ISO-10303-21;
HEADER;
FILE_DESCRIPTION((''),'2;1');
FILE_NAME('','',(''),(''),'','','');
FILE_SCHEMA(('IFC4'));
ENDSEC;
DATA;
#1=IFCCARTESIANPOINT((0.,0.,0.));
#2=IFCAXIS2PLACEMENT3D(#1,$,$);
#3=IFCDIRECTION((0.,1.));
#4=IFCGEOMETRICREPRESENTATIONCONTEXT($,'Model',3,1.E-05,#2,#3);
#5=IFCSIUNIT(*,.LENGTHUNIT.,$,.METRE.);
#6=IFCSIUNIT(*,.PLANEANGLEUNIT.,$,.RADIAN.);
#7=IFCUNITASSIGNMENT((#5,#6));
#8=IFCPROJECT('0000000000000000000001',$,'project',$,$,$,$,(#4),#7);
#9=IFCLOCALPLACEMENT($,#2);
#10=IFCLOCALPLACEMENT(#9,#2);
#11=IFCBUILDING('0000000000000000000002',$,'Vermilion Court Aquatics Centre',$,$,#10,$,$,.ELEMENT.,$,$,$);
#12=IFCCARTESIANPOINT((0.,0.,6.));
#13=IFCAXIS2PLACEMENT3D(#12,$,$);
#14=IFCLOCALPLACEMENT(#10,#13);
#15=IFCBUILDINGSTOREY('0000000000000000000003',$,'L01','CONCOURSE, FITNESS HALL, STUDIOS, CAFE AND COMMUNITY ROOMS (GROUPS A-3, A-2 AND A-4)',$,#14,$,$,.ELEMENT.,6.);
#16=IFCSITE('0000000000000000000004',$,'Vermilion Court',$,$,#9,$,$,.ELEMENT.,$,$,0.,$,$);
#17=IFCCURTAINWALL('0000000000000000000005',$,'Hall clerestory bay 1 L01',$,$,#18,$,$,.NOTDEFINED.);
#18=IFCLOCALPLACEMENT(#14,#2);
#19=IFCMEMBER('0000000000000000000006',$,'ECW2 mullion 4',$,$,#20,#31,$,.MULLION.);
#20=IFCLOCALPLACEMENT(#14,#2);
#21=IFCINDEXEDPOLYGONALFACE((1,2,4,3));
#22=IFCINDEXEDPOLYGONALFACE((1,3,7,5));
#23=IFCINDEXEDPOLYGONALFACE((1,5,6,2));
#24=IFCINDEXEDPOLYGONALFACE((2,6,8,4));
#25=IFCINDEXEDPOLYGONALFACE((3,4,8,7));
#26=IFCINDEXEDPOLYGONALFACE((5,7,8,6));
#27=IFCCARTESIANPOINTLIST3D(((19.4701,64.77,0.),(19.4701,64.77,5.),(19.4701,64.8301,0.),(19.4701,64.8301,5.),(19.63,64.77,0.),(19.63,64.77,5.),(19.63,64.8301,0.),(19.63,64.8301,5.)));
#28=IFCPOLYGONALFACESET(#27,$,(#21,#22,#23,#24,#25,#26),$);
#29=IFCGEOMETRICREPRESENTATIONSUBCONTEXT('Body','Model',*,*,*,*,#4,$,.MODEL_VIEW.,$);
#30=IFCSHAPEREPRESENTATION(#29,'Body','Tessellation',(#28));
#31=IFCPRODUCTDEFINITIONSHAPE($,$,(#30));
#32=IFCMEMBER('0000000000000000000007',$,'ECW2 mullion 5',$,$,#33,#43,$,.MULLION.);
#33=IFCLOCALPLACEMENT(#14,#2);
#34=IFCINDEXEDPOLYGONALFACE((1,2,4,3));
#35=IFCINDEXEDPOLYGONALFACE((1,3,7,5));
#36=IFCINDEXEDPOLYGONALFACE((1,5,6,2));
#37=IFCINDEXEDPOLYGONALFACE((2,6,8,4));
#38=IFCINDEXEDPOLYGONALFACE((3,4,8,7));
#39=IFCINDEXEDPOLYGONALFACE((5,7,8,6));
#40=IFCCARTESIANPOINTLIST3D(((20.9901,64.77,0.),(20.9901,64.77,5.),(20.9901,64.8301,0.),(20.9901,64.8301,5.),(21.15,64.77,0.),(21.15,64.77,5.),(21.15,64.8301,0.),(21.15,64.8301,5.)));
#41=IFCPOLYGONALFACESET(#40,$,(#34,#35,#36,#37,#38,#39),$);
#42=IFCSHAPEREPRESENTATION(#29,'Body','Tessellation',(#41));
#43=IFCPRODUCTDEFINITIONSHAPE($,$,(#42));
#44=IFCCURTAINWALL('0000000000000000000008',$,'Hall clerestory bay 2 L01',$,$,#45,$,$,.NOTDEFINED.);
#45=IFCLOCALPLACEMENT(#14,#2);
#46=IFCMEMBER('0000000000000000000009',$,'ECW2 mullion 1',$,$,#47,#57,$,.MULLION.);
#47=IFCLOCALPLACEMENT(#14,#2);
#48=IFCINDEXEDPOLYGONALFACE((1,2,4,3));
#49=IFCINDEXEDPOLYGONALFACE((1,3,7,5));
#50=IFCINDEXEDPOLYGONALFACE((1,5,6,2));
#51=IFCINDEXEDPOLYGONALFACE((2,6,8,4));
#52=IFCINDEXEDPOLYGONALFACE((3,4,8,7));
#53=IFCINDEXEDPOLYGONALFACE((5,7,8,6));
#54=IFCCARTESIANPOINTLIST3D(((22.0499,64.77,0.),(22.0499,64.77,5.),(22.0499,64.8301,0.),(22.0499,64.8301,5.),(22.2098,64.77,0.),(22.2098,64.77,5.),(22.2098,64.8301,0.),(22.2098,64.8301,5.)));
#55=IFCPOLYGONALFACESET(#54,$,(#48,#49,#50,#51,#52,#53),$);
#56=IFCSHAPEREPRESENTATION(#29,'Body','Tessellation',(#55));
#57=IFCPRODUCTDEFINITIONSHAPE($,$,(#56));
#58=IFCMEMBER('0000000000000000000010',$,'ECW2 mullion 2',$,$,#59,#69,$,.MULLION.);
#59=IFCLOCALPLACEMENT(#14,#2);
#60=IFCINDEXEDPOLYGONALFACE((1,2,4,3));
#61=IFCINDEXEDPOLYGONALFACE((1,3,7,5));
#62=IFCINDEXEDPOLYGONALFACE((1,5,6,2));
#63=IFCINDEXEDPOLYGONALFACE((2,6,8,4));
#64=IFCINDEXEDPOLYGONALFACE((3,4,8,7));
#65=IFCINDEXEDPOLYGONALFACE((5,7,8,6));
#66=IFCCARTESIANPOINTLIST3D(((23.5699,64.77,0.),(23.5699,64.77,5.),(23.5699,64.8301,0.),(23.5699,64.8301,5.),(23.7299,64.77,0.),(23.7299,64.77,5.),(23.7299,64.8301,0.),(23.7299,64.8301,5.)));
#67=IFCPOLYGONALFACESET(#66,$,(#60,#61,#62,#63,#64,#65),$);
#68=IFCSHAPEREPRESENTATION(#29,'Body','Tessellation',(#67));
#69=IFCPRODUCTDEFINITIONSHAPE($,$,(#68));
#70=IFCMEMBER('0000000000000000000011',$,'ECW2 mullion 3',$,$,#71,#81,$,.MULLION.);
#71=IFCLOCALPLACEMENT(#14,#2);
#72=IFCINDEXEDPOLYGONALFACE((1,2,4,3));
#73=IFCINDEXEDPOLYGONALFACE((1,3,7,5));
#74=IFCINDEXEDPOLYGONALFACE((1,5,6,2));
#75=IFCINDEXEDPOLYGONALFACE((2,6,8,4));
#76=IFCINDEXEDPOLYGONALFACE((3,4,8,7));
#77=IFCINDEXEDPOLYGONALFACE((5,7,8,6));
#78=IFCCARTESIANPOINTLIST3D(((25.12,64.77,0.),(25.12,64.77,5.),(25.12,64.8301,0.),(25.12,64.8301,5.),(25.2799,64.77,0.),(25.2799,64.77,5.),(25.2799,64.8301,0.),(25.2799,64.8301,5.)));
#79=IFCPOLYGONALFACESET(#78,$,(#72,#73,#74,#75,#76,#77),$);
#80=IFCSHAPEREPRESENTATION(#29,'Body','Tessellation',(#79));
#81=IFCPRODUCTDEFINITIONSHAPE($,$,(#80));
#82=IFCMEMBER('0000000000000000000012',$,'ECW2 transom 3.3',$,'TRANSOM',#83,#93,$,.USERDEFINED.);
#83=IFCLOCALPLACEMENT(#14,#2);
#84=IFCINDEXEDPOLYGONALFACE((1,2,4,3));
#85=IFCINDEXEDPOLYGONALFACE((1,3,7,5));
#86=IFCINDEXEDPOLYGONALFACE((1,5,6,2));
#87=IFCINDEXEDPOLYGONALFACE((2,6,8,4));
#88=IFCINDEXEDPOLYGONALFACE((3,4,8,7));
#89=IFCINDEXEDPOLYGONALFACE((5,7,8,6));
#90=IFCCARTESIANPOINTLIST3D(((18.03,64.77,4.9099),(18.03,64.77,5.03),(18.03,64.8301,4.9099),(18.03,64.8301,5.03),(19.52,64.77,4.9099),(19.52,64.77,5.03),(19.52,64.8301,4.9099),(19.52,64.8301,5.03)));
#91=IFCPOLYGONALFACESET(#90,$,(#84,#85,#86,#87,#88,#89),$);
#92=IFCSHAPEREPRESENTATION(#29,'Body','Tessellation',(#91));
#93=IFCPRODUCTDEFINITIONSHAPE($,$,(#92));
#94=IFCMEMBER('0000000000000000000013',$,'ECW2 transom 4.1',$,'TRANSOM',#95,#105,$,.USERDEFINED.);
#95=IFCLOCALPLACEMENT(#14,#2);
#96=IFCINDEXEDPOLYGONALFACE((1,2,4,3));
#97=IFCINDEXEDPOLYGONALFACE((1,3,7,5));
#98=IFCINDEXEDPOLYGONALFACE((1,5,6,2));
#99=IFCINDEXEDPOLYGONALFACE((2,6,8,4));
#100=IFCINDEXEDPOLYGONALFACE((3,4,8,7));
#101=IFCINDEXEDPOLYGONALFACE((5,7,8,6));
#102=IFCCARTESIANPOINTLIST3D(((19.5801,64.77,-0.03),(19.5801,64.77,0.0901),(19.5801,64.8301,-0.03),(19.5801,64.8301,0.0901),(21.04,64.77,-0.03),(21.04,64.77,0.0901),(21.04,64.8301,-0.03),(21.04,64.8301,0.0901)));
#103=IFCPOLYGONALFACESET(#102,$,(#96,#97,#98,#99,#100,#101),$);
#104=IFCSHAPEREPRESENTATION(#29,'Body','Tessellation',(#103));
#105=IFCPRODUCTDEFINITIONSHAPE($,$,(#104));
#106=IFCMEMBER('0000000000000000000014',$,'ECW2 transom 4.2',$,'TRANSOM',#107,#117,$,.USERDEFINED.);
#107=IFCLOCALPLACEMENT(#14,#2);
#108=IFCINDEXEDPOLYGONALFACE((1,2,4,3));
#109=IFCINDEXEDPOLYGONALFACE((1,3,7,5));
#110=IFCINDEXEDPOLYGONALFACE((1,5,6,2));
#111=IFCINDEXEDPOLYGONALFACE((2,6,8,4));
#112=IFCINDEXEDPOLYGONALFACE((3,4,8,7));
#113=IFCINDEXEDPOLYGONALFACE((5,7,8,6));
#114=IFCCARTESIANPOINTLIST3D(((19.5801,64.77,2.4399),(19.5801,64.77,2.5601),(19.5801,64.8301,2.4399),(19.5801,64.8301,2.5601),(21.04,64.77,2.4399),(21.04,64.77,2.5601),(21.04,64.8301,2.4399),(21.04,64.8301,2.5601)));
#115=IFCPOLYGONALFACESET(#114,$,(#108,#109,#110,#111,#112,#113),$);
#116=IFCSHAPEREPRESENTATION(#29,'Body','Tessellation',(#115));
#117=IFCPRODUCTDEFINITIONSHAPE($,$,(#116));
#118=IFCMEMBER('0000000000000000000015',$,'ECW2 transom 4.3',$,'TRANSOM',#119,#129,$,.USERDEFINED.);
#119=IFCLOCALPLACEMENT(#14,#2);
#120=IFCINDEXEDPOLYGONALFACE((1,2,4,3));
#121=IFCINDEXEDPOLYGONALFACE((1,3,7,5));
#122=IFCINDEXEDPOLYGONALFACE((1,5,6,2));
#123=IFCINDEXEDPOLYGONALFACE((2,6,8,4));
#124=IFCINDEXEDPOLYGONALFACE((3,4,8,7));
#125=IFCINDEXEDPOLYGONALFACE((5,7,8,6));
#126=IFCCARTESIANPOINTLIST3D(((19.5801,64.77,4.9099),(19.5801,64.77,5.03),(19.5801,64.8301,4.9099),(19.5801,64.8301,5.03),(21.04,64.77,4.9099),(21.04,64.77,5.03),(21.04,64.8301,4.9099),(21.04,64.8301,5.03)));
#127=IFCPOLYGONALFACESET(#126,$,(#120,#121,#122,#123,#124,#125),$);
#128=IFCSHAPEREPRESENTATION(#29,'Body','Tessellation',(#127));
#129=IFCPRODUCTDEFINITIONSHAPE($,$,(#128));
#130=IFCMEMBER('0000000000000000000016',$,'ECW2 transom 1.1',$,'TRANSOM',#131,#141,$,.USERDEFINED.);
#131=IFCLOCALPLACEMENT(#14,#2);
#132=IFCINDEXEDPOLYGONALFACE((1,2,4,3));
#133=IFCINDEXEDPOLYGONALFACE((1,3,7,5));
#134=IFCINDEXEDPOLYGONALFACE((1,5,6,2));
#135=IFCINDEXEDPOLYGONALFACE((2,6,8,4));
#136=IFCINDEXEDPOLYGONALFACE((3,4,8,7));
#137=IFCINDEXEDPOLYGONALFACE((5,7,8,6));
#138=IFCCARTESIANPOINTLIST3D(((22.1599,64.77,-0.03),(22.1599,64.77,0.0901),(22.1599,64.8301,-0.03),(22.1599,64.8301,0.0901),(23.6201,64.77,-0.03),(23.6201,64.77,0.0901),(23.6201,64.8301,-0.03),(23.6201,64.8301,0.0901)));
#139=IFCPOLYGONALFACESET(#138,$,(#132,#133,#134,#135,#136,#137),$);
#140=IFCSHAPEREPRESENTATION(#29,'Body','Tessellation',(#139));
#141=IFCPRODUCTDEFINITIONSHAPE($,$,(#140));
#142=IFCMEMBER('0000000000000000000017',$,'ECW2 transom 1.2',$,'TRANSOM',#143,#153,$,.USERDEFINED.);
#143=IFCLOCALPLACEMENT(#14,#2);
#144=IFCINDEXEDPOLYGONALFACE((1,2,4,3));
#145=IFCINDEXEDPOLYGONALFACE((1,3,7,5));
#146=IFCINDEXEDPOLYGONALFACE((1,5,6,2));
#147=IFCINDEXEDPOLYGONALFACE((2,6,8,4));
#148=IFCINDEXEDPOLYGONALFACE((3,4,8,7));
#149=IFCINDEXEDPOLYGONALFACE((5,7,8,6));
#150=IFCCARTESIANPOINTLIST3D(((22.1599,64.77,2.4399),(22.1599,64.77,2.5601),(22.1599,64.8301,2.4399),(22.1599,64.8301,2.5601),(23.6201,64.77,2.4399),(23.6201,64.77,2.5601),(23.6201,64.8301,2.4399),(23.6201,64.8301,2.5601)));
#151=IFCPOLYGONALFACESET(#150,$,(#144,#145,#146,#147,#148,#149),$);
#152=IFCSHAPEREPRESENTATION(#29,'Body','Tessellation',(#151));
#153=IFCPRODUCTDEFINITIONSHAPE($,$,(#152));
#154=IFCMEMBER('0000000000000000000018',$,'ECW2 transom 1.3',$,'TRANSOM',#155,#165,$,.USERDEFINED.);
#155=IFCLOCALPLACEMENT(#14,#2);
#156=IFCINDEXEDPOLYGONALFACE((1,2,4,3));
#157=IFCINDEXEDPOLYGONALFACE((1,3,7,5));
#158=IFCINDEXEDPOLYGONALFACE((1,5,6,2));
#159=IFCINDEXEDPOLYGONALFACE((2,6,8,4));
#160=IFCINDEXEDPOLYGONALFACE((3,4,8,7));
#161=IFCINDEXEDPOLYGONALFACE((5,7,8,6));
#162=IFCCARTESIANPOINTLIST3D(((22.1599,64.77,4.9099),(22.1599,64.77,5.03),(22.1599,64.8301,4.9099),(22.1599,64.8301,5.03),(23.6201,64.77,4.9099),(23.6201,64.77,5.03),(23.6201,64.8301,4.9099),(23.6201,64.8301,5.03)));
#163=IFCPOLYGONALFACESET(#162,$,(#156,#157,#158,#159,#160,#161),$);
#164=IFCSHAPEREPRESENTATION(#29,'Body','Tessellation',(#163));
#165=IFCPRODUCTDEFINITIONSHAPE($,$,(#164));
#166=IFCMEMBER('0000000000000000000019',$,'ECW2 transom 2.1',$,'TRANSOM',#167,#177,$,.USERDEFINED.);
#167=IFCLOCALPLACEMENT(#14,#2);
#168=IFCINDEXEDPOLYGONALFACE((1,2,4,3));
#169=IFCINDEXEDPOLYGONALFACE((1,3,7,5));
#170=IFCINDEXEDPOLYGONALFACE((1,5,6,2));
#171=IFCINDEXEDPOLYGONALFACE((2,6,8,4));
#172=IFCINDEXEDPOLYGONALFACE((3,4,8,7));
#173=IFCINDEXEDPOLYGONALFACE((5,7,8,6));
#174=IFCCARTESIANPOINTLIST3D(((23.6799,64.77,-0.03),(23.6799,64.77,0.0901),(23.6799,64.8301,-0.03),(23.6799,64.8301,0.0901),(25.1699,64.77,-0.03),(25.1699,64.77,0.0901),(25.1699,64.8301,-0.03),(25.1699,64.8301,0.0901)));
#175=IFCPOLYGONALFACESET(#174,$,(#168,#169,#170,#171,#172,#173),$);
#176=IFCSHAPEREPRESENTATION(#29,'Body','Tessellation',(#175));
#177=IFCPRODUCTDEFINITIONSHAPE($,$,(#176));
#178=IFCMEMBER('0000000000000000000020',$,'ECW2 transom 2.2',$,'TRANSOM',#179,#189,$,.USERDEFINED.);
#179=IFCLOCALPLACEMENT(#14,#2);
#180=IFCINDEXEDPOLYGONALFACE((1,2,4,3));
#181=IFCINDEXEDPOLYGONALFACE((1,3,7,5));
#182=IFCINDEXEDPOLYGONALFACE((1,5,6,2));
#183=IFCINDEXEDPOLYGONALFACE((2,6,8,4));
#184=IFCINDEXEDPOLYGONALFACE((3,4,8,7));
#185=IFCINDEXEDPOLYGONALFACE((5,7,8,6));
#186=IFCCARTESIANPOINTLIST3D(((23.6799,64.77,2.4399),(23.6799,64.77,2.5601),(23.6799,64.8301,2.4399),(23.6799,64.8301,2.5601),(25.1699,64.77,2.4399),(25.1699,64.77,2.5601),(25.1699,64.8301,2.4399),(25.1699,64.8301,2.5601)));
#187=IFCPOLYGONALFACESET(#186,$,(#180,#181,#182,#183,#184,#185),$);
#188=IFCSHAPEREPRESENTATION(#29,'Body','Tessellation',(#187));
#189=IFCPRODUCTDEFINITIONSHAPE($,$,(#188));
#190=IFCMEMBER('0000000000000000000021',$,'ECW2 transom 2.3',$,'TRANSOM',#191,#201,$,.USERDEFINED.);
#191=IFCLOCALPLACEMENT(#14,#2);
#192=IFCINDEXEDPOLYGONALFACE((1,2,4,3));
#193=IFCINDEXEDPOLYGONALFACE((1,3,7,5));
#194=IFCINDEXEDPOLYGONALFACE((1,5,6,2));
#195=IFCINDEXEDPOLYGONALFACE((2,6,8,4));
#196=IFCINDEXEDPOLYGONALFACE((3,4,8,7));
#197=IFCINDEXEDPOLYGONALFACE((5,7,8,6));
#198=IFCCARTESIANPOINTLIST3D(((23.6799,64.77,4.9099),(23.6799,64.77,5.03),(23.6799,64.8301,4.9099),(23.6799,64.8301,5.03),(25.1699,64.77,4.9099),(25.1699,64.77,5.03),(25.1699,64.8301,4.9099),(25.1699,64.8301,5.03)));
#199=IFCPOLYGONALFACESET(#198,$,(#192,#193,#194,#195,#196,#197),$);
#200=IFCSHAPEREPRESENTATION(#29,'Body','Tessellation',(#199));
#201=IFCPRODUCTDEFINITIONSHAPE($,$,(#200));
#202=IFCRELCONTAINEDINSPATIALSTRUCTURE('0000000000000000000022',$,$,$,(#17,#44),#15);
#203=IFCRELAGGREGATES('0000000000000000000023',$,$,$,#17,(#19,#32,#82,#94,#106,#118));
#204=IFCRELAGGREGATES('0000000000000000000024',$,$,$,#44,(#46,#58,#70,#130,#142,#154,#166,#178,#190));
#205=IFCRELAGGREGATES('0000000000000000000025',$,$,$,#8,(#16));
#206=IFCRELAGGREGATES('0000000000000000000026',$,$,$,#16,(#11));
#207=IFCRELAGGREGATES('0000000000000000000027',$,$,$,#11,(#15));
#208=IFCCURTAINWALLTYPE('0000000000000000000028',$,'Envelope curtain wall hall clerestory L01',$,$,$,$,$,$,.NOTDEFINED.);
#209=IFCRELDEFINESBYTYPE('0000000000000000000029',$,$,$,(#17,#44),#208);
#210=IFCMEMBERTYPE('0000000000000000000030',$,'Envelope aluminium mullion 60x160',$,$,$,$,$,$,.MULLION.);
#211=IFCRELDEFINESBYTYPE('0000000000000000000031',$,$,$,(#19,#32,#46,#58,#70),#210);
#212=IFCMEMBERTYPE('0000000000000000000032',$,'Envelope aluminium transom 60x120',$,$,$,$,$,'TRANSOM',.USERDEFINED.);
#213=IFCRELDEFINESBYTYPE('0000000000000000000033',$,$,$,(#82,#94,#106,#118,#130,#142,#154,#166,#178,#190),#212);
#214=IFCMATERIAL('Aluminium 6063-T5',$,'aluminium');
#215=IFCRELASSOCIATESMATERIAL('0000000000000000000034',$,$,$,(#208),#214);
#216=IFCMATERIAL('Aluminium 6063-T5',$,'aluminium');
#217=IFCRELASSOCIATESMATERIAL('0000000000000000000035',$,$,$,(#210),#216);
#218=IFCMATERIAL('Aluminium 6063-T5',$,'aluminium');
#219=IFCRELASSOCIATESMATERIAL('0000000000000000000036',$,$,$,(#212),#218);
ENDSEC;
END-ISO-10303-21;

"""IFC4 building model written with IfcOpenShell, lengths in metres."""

from ifc_helpers import new_model, si_unit, direction, frame, origin, origin_2d, place, context, subcontext, project, spatial, rectangle, extrude, material, material_profile, profile_set, type_object, element, aggregate, save


model = new_model("IFC4")

# Units and contexts
model_context = context("Model", 3, precision=1e-05, world=origin(), true_north=direction((0.0, 1.0)))
body_context = subcontext(model_context, "Body", "Model", "MODEL_VIEW")
ifc_project = project(units=[si_unit("LENGTHUNIT", "METRE"), si_unit("PLANEANGLEUNIT", "RADIAN")], contexts=[model_context])

# Site, building, storey
site_placement = place(None, origin())
site = spatial("IfcSite", under=ifc_project, at=site_placement, Name="Vermilion Court", CompositionType="ELEMENT", RefElevation=0.0)
building_placement = place(site_placement, origin())
building = spatial("IfcBuilding", under=site, at=building_placement, Name="Vermilion Court Aquatics Centre", CompositionType="ELEMENT")
storey_placement = place(building_placement, frame((0.0, 0.0, 6.0)))
storey = spatial("IfcBuildingStorey", under=building, at=storey_placement, Name="L01", Description="CONCOURSE, FITNESS HALL, STUDIOS, CAFE AND COMMUNITY ROOMS (GROUPS A-3, A-2 AND A-4)", CompositionType="ELEMENT", Elevation=6.0)

# Curtain walls, members
ifc_material_1 = material(Name="Aluminium 6063-T5", Category="aluminium")
curtain_wall_type = type_object("IfcCurtainWallType", Name="Envelope curtain wall hall clerestory L01", PredefinedType="NOTDEFINED", material=ifc_material_1)
curtain_wall_1_placement = place(storey_placement, origin())
curtain_wall_1 = element("IfcCurtainWall", 1, at=curtain_wall_1_placement, inside=storey, type_object=curtain_wall_type, Name="Hall clerestory bay 1 L01", PredefinedType="NOTDEFINED")
ifc_material_2 = material(Name="Aluminium 6063-T5", Category="aluminium")
ifc_material_profile_1 = material_profile(ifc_material_2, rectangle(XDim=0.0601, YDim=0.1599, at=origin_2d()), Name="AL 60x160")
ifc_profile_set_1 = profile_set([ifc_material_profile_1], Name="Aluminium 6063-T5")
member_type_1 = type_object("IfcMemberType", Name="Envelope aluminium mullion 60x160", PredefinedType="MULLION", material=ifc_profile_set_1)
member_1_placement = place(storey_placement, frame((19.55, 64.8, 0.0), z_axis=(0.0, 0.0, 1.0), x_axis=(0.0, 1.0, 0.0)))
member_1 = element("IfcMember", 2, at=member_1_placement, type_object=member_type_1, Name="ECW2 mullion 4", PredefinedType="MULLION", context=body_context, shape_type="SweptSolid", body=[
    extrude(rectangle(XDim=0.0601, YDim=0.1599, at=origin_2d()), origin(), (0.0, 0.0, 1.0), 5.0),
])
member_2_placement = place(storey_placement, frame((21.0701, 64.8, 0.0), z_axis=(0.0, 0.0, 1.0), x_axis=(0.0, 1.0, 0.0)))
member_2 = element("IfcMember", 3, at=member_2_placement, type_object=member_type_1, Name="ECW2 mullion 5", PredefinedType="MULLION", context=body_context, shape_type="SweptSolid", body=[
    extrude(rectangle(XDim=0.0601, YDim=0.1599, at=origin_2d()), origin(), (0.0, 0.0, 1.0), 5.0),
])
curtain_wall_2_placement = place(storey_placement, origin())
curtain_wall_2 = element("IfcCurtainWall", 4, at=curtain_wall_2_placement, inside=storey, type_object=curtain_wall_type, Name="Hall clerestory bay 2 L01", PredefinedType="NOTDEFINED")
member_3_placement = place(storey_placement, frame((22.1299, 64.8, 0.0), z_axis=(0.0, 0.0, 1.0), x_axis=(0.0, 1.0, 0.0)))
member_3 = element("IfcMember", 5, at=member_3_placement, type_object=member_type_1, Name="ECW2 mullion 1", PredefinedType="MULLION", context=body_context, shape_type="SweptSolid", body=[
    extrude(rectangle(XDim=0.0601, YDim=0.1599, at=origin_2d()), origin(), (0.0, 0.0, 1.0), 5.0),
])
member_4_placement = place(storey_placement, frame((23.6499, 64.8, 0.0), z_axis=(0.0, 0.0, 1.0), x_axis=(0.0, 1.0, 0.0)))
member_4 = element("IfcMember", 6, at=member_4_placement, type_object=member_type_1, Name="ECW2 mullion 2", PredefinedType="MULLION", context=body_context, shape_type="SweptSolid", body=[
    extrude(rectangle(XDim=0.0601, YDim=0.1599, at=origin_2d()), origin(), (0.0, 0.0, 1.0), 5.0),
])
member_5_placement = place(storey_placement, frame((25.2, 64.8, 0.0), z_axis=(0.0, 0.0, 1.0), x_axis=(0.0, 1.0, 0.0)))
member_5 = element("IfcMember", 7, at=member_5_placement, type_object=member_type_1, Name="ECW2 mullion 3", PredefinedType="MULLION", context=body_context, shape_type="SweptSolid", body=[
    extrude(rectangle(XDim=0.0601, YDim=0.1599, at=origin_2d()), origin(), (0.0, 0.0, 1.0), 5.0),
])

# Members
ifc_material_3 = material(Name="Aluminium 6063-T5", Category="aluminium")
ifc_material_profile_2 = material_profile(ifc_material_3, rectangle(XDim=0.0601, YDim=0.1201, at=origin_2d()), Name="AL 60x120")
ifc_profile_set_2 = profile_set([ifc_material_profile_2], Name="Aluminium 6063-T5")
member_type_2 = type_object("IfcMemberType", Name="Envelope aluminium transom 60x120", ElementType="TRANSOM", PredefinedType="USERDEFINED", material=ifc_profile_set_2)
member_6_placement = place(storey_placement, frame((18.03, 64.8, 4.97), z_axis=(1.0, 0.0, 0.0), x_axis=(0.0, 1.0, 0.0)))
member_6 = element("IfcMember", 8, at=member_6_placement, type_object=member_type_2, Name="ECW2 transom 3.3", ObjectType="TRANSOM", PredefinedType="USERDEFINED", context=body_context, shape_type="SweptSolid", body=[
    extrude(rectangle(XDim=0.0601, YDim=0.1201, at=origin_2d()), origin(), (0.0, 0.0, 1.0), 1.49),
])
member_7_placement = place(storey_placement, frame((19.5801, 64.8, 0.03), z_axis=(1.0, 0.0, 0.0), x_axis=(0.0, 1.0, 0.0)))
member_7 = element("IfcMember", 9, at=member_7_placement, type_object=member_type_2, Name="ECW2 transom 4.1", ObjectType="TRANSOM", PredefinedType="USERDEFINED", context=body_context, shape_type="SweptSolid", body=[
    extrude(rectangle(XDim=0.0601, YDim=0.1201, at=origin_2d()), origin(), (0.0, 0.0, 1.0), 1.46),
])
member_8_placement = place(storey_placement, frame((19.5801, 64.8, 2.5), z_axis=(1.0, 0.0, 0.0), x_axis=(0.0, 1.0, 0.0)))
member_8 = element("IfcMember", 10, at=member_8_placement, type_object=member_type_2, Name="ECW2 transom 4.2", ObjectType="TRANSOM", PredefinedType="USERDEFINED", context=body_context, shape_type="SweptSolid", body=[
    extrude(rectangle(XDim=0.0601, YDim=0.1201, at=origin_2d()), origin(), (0.0, 0.0, 1.0), 1.46),
])
member_9_placement = place(storey_placement, frame((19.5801, 64.8, 4.97), z_axis=(1.0, 0.0, 0.0), x_axis=(0.0, 1.0, 0.0)))
member_9 = element("IfcMember", 11, at=member_9_placement, type_object=member_type_2, Name="ECW2 transom 4.3", ObjectType="TRANSOM", PredefinedType="USERDEFINED", context=body_context, shape_type="SweptSolid", body=[
    extrude(rectangle(XDim=0.0601, YDim=0.1201, at=origin_2d()), origin(), (0.0, 0.0, 1.0), 1.46),
])
member_10_placement = place(storey_placement, frame((22.1599, 64.8, 0.03), z_axis=(1.0, 0.0, 0.0), x_axis=(0.0, 1.0, 0.0)))
member_10 = element("IfcMember", 12, at=member_10_placement, type_object=member_type_2, Name="ECW2 transom 1.1", ObjectType="TRANSOM", PredefinedType="USERDEFINED", context=body_context, shape_type="SweptSolid", body=[
    extrude(rectangle(XDim=0.0601, YDim=0.1201, at=origin_2d()), origin(), (0.0, 0.0, 1.0), 1.4602),
])
member_11_placement = place(storey_placement, frame((22.1599, 64.8, 2.5), z_axis=(1.0, 0.0, 0.0), x_axis=(0.0, 1.0, 0.0)))
member_11 = element("IfcMember", 13, at=member_11_placement, type_object=member_type_2, Name="ECW2 transom 1.2", ObjectType="TRANSOM", PredefinedType="USERDEFINED", context=body_context, shape_type="SweptSolid", body=[
    extrude(rectangle(XDim=0.0601, YDim=0.1201, at=origin_2d()), origin(), (0.0, 0.0, 1.0), 1.4602),
])
member_12_placement = place(storey_placement, frame((22.1599, 64.8, 4.97), z_axis=(1.0, 0.0, 0.0), x_axis=(0.0, 1.0, 0.0)))
member_12 = element("IfcMember", 14, at=member_12_placement, type_object=member_type_2, Name="ECW2 transom 1.3", ObjectType="TRANSOM", PredefinedType="USERDEFINED", context=body_context, shape_type="SweptSolid", body=[
    extrude(rectangle(XDim=0.0601, YDim=0.1201, at=origin_2d()), origin(), (0.0, 0.0, 1.0), 1.4602),
])
member_13_placement = place(storey_placement, frame((23.6799, 64.8, 0.03), z_axis=(1.0, 0.0, 0.0), x_axis=(0.0, 1.0, 0.0)))
member_13 = element("IfcMember", 15, at=member_13_placement, type_object=member_type_2, Name="ECW2 transom 2.1", ObjectType="TRANSOM", PredefinedType="USERDEFINED", context=body_context, shape_type="SweptSolid", body=[
    extrude(rectangle(XDim=0.0601, YDim=0.1201, at=origin_2d()), origin(), (0.0, 0.0, 1.0), 1.49),
])
member_14_placement = place(storey_placement, frame((23.6799, 64.8, 2.5), z_axis=(1.0, 0.0, 0.0), x_axis=(0.0, 1.0, 0.0)))
member_14 = element("IfcMember", 16, at=member_14_placement, type_object=member_type_2, Name="ECW2 transom 2.2", ObjectType="TRANSOM", PredefinedType="USERDEFINED", context=body_context, shape_type="SweptSolid", body=[
    extrude(rectangle(XDim=0.0601, YDim=0.1201, at=origin_2d()), origin(), (0.0, 0.0, 1.0), 1.49),
])
member_15_placement = place(storey_placement, frame((23.6799, 64.8, 4.97), z_axis=(1.0, 0.0, 0.0), x_axis=(0.0, 1.0, 0.0)))
member_15 = element("IfcMember", 17, at=member_15_placement, type_object=member_type_2, Name="ECW2 transom 2.3", ObjectType="TRANSOM", PredefinedType="USERDEFINED", context=body_context, shape_type="SweptSolid", body=[
    extrude(rectangle(XDim=0.0601, YDim=0.1201, at=origin_2d()), origin(), (0.0, 0.0, 1.0), 1.49),
])

aggregate(curtain_wall_1, [member_1, member_2, member_6, member_7, member_8, member_9])
aggregate(curtain_wall_2, [member_3, member_4, member_5, member_10, member_11, member_12, member_13, member_14, member_15])

save(model, "model.ifc")
